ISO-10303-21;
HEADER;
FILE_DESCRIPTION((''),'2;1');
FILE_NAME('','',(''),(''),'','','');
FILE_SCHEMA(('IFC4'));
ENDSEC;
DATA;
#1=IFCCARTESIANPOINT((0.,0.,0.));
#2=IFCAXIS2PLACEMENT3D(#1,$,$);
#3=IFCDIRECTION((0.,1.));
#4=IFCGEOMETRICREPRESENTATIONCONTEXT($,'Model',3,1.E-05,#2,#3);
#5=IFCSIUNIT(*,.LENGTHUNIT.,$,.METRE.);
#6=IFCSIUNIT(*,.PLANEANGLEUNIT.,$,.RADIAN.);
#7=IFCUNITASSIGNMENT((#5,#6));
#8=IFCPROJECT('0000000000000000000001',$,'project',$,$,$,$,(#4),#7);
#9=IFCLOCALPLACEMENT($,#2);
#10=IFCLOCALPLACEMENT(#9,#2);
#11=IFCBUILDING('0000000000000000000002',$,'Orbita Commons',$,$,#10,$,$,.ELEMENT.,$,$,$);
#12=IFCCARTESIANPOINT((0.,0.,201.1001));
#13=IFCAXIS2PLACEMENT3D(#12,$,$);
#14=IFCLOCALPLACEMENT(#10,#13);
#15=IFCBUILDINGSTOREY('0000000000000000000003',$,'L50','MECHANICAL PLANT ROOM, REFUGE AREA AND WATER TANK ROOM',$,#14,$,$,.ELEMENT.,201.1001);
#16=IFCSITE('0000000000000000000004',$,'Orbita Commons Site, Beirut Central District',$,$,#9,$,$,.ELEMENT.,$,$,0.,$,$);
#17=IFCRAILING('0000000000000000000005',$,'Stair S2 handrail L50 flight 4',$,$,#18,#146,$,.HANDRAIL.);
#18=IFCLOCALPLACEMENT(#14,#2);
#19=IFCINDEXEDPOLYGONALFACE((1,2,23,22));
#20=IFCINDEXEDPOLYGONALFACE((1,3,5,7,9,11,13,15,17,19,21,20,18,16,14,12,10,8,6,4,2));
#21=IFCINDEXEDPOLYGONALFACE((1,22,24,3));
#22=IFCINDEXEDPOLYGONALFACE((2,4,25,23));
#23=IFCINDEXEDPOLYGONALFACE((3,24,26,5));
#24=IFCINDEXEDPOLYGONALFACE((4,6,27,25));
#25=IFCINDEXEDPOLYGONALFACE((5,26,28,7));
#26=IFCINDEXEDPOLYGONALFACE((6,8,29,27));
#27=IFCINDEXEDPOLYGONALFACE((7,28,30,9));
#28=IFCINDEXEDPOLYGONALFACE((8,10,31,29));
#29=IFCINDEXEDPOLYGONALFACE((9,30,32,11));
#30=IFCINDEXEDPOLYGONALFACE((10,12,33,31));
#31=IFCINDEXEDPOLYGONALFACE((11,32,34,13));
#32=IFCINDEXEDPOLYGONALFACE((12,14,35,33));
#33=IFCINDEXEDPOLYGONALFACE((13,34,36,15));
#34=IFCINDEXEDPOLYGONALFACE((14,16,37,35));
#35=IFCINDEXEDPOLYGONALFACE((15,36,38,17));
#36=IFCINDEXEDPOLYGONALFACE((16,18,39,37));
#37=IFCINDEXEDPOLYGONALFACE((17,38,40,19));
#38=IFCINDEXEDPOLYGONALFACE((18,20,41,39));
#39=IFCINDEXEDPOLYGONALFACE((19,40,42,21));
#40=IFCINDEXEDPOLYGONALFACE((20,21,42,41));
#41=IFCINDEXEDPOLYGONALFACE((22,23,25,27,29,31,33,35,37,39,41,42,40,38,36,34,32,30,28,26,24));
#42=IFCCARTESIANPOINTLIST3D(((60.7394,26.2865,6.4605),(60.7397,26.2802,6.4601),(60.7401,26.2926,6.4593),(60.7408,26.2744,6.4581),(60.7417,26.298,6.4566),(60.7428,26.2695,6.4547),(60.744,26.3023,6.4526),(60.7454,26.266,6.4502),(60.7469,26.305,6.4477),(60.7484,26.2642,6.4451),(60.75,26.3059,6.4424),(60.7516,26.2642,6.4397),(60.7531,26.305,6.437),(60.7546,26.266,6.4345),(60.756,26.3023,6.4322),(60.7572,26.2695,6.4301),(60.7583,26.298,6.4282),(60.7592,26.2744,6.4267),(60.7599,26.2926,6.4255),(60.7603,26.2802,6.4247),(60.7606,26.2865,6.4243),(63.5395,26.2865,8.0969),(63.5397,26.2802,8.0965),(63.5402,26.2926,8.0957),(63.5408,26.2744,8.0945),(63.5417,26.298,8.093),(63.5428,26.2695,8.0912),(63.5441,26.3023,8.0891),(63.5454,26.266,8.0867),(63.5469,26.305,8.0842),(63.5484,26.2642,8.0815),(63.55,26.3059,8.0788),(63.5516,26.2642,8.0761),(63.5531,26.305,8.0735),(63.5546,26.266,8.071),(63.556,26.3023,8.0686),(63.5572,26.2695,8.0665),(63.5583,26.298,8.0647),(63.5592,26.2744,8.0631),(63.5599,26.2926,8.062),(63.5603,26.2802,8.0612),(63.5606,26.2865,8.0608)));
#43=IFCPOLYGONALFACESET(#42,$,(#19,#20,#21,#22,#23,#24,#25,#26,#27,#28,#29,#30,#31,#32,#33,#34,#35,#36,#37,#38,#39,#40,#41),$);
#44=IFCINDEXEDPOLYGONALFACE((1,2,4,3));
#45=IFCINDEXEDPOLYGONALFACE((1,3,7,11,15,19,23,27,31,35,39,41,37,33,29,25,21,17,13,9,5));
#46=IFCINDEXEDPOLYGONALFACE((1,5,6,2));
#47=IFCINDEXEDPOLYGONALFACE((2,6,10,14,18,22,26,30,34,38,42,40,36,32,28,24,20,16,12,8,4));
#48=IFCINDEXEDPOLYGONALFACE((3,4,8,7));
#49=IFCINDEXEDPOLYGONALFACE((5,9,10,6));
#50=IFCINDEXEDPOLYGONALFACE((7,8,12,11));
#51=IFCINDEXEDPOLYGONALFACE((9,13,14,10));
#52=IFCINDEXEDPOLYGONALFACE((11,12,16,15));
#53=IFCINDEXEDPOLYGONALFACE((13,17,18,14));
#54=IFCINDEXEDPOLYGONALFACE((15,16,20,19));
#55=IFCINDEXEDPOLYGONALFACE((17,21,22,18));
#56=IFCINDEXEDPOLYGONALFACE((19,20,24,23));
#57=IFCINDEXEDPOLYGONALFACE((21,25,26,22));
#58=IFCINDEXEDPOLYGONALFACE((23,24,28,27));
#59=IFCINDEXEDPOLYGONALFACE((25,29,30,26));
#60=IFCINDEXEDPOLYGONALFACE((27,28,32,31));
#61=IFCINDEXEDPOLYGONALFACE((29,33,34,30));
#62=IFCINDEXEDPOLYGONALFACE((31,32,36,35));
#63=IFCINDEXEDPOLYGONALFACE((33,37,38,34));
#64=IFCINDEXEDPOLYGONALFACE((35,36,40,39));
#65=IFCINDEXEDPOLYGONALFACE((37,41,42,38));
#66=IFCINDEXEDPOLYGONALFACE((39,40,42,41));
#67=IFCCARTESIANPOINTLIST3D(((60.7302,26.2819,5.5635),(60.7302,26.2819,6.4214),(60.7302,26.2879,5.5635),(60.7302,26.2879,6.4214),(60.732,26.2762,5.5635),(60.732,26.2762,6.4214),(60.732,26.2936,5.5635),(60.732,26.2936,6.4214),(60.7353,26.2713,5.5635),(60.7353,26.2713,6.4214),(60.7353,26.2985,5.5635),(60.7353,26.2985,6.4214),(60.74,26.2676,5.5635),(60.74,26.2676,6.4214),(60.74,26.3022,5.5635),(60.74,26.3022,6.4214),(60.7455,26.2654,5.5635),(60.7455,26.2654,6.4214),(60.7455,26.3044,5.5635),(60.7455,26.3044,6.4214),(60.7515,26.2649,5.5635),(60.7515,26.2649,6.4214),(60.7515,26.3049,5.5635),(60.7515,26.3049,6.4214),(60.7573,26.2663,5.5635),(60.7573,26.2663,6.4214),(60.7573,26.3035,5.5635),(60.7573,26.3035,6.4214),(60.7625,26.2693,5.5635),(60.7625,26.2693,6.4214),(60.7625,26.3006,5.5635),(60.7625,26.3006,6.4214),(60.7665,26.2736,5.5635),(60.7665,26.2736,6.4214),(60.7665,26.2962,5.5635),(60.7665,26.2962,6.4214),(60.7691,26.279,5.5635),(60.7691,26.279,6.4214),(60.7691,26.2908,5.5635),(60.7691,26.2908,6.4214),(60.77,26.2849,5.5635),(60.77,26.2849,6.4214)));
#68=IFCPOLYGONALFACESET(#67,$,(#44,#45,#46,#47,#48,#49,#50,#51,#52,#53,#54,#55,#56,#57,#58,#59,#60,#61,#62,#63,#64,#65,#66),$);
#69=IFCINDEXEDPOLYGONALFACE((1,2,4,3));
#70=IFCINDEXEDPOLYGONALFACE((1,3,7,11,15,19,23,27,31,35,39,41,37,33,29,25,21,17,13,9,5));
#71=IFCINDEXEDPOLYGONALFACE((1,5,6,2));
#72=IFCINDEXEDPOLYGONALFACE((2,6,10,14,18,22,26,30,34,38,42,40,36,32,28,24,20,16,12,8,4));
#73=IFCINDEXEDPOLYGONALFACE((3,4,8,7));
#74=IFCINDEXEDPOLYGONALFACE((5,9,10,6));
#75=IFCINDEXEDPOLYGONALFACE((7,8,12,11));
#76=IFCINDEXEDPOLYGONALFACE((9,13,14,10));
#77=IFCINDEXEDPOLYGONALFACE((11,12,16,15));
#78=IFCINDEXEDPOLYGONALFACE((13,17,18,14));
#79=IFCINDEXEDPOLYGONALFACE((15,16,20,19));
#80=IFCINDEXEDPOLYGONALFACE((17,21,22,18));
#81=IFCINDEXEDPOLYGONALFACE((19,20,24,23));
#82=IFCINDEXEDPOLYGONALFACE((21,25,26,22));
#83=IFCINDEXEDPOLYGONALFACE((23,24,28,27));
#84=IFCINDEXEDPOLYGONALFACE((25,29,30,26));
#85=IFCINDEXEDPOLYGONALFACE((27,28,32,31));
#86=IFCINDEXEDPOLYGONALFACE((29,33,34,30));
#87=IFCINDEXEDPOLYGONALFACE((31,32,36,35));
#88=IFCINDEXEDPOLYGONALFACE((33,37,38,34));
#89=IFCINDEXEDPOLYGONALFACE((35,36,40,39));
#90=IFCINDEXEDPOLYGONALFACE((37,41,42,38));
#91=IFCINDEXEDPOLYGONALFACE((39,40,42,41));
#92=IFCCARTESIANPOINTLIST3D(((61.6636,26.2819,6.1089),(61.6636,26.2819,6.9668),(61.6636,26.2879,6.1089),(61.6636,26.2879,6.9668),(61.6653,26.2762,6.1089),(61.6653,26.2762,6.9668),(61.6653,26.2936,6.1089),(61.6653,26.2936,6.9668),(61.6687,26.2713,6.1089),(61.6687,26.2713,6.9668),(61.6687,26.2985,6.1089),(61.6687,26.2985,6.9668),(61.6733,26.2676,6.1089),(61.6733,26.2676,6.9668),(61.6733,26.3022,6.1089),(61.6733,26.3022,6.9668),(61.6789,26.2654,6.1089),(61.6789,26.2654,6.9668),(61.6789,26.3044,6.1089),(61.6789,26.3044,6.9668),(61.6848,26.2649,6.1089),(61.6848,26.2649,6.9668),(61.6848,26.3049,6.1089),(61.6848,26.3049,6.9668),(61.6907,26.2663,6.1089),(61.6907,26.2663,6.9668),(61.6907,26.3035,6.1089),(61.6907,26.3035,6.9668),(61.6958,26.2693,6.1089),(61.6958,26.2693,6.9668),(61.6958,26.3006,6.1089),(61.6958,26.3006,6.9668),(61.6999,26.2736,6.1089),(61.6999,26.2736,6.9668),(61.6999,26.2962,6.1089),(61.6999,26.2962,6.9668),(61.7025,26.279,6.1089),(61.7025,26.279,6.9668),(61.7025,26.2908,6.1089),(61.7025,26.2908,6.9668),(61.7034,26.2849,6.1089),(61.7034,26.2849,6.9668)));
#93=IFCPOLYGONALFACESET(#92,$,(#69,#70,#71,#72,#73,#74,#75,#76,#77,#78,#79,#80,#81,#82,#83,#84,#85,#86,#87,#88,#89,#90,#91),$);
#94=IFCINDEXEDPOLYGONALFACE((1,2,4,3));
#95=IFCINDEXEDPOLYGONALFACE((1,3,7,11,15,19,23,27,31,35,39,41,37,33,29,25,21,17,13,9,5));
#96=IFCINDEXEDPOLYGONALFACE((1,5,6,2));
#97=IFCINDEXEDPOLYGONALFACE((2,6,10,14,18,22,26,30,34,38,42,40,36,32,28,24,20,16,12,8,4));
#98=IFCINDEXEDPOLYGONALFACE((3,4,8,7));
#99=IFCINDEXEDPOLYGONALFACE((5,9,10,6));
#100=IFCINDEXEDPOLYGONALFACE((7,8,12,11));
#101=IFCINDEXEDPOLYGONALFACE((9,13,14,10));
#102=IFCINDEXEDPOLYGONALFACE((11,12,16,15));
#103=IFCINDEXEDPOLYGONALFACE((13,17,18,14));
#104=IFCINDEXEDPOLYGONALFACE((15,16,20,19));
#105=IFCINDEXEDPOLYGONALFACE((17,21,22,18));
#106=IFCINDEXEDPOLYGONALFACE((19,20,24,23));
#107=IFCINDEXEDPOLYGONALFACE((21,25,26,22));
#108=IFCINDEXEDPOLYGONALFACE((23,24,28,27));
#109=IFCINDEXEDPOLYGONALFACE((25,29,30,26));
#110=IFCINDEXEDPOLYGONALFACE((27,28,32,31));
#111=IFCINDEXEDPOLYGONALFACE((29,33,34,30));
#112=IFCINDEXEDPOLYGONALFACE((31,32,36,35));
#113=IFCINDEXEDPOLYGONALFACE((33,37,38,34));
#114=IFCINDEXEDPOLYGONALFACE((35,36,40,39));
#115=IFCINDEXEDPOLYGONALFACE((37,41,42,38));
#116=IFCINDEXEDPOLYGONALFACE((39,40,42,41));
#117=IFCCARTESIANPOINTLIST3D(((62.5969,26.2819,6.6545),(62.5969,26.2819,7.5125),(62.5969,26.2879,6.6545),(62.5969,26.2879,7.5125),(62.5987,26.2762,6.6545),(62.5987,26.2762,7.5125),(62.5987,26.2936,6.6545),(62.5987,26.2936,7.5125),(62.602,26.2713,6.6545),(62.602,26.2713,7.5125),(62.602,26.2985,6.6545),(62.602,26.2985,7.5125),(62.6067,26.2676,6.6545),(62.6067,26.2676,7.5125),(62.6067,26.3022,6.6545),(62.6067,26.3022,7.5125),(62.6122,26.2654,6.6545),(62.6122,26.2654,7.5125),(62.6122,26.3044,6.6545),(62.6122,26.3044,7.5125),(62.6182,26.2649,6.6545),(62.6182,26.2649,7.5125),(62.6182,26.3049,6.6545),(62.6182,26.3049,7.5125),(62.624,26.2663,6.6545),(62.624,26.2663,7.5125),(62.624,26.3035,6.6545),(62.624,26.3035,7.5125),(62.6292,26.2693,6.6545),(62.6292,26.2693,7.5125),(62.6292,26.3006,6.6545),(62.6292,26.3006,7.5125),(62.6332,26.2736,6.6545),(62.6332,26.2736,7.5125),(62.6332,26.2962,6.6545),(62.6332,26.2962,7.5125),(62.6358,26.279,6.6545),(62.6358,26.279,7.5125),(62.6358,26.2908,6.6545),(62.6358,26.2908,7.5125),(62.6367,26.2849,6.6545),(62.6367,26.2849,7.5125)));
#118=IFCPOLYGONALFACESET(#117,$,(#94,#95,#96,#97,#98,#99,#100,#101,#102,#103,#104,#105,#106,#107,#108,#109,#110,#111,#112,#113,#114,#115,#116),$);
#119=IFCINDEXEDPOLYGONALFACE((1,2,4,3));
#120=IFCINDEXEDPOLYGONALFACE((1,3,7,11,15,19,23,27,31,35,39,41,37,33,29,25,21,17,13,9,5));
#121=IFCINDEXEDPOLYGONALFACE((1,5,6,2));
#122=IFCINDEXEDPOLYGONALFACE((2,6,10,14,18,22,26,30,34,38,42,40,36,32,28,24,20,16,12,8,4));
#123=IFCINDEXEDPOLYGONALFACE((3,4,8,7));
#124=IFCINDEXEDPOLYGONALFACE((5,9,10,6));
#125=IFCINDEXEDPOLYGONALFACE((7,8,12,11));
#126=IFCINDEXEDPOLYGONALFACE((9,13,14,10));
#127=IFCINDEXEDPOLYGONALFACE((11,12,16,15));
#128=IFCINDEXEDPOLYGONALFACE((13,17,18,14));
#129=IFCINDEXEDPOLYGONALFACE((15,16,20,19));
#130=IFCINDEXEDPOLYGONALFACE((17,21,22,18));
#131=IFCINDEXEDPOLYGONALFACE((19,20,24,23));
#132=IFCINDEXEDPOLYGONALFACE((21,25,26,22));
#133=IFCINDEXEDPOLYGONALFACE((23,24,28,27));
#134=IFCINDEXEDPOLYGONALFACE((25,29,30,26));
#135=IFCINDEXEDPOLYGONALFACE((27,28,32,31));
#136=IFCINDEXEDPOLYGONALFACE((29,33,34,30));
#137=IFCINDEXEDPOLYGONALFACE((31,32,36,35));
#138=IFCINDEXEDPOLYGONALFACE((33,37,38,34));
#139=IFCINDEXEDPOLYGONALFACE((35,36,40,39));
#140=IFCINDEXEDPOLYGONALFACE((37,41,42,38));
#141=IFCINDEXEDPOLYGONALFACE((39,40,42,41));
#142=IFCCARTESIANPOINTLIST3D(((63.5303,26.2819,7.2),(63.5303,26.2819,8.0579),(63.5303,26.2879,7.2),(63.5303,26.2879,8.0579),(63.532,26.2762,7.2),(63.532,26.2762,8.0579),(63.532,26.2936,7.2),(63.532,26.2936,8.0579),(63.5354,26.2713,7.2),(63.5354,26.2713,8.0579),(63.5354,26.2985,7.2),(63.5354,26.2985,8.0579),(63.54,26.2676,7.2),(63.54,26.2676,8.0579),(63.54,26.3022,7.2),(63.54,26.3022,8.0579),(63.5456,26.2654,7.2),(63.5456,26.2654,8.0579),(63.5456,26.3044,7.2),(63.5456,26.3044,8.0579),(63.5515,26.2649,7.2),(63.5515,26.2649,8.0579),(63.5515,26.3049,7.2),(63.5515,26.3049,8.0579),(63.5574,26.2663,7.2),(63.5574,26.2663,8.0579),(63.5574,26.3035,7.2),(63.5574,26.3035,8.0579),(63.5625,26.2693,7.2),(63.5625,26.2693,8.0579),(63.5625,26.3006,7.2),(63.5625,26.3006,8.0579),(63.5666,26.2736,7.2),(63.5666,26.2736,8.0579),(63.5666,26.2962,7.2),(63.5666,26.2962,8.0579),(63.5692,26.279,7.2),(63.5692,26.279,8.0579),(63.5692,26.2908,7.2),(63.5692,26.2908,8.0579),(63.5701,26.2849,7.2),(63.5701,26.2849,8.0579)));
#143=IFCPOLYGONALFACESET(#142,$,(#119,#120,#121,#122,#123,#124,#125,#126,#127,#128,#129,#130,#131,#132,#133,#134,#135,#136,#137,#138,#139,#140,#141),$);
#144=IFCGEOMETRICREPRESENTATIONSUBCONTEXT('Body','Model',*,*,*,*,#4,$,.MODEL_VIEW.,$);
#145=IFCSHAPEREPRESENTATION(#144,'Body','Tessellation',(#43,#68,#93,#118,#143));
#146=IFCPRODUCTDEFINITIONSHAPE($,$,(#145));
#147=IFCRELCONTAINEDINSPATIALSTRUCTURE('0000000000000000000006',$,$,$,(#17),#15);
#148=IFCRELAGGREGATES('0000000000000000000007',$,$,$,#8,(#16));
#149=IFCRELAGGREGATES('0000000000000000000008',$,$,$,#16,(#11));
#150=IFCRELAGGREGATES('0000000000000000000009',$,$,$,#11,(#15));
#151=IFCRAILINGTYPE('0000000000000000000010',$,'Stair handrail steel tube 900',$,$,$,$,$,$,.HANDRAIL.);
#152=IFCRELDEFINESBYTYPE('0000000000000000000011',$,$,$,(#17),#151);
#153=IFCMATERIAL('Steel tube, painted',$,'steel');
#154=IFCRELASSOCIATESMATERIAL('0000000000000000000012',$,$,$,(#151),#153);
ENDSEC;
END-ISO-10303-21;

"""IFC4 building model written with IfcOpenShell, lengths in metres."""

from ifc_helpers import new_model, si_unit, direction, frame, origin, origin_2d, place, context, subcontext, project, spatial, circle, extrude, material, type_object, element, save


model = new_model("IFC4")

# Units and contexts
model_context = context("Model", 3, precision=1e-05, world=origin(), true_north=direction((0.0, 1.0)))
body_context = subcontext(model_context, "Body", "Model", "MODEL_VIEW")
ifc_project = project(units=[si_unit("LENGTHUNIT", "METRE"), si_unit("PLANEANGLEUNIT", "RADIAN")], contexts=[model_context])

# Site, building, storey
site_placement = place(None, origin())
site = spatial("IfcSite", under=ifc_project, at=site_placement, Name="Orbita Commons Site, Beirut Central District", CompositionType="ELEMENT", RefElevation=0.0)
building_placement = place(site_placement, origin())
building = spatial("IfcBuilding", under=site, at=building_placement, Name="Orbita Commons", CompositionType="ELEMENT")
storey_placement = place(building_placement, frame((0.0, 0.0, 201.1001)))
storey = spatial("IfcBuildingStorey", under=building, at=storey_placement, Name="L50", Description="MECHANICAL PLANT ROOM, REFUGE AREA AND WATER TANK ROOM", CompositionType="ELEMENT", Elevation=201.1001)

# Railing
ifc_material_1 = material(Name="Steel tube, painted", Category="steel")
railing_type = type_object("IfcRailingType", Name="Stair handrail steel tube 900", PredefinedType="HANDRAIL", material=ifc_material_1)
for number, where, name in (
    (1, (60.75, 26.2849, 5.5635), "Stair S2 handrail L50 flight 4"),
):
    element("IfcRailing", number, at=place(storey_placement, frame(where)), inside=storey, type_object=railing_type, Name=name, PredefinedType="HANDRAIL", context=body_context, shape_type="SweptSolid", body=[
        extrude(circle(Radius=0.021, at=origin_2d()), frame((0.0, 0.0, 0.8789), z_axis=(0.863361, 0.0, 0.504587), x_axis=(0.0, 1.0, 0.0)), (0.0, 0.0, 1.0), 3.2432),
        extrude(circle(Radius=0.02, at=origin_2d()), origin(), (0.0, 0.0, 1.0), 0.8579),
        extrude(circle(Radius=0.02, at=origin_2d()), frame((0.9333, 0.0, 0.5454)), (0.0, 0.0, 1.0), 0.8579),
        extrude(circle(Radius=0.02, at=origin_2d()), frame((1.8667, 0.0, 1.0911)), (0.0, 0.0, 1.0), 0.8579),
        extrude(circle(Radius=0.02, at=origin_2d()), frame((2.8, 0.0, 1.6365)), (0.0, 0.0, 1.0), 0.8579),
    ])

save(model, "model.ifc")
